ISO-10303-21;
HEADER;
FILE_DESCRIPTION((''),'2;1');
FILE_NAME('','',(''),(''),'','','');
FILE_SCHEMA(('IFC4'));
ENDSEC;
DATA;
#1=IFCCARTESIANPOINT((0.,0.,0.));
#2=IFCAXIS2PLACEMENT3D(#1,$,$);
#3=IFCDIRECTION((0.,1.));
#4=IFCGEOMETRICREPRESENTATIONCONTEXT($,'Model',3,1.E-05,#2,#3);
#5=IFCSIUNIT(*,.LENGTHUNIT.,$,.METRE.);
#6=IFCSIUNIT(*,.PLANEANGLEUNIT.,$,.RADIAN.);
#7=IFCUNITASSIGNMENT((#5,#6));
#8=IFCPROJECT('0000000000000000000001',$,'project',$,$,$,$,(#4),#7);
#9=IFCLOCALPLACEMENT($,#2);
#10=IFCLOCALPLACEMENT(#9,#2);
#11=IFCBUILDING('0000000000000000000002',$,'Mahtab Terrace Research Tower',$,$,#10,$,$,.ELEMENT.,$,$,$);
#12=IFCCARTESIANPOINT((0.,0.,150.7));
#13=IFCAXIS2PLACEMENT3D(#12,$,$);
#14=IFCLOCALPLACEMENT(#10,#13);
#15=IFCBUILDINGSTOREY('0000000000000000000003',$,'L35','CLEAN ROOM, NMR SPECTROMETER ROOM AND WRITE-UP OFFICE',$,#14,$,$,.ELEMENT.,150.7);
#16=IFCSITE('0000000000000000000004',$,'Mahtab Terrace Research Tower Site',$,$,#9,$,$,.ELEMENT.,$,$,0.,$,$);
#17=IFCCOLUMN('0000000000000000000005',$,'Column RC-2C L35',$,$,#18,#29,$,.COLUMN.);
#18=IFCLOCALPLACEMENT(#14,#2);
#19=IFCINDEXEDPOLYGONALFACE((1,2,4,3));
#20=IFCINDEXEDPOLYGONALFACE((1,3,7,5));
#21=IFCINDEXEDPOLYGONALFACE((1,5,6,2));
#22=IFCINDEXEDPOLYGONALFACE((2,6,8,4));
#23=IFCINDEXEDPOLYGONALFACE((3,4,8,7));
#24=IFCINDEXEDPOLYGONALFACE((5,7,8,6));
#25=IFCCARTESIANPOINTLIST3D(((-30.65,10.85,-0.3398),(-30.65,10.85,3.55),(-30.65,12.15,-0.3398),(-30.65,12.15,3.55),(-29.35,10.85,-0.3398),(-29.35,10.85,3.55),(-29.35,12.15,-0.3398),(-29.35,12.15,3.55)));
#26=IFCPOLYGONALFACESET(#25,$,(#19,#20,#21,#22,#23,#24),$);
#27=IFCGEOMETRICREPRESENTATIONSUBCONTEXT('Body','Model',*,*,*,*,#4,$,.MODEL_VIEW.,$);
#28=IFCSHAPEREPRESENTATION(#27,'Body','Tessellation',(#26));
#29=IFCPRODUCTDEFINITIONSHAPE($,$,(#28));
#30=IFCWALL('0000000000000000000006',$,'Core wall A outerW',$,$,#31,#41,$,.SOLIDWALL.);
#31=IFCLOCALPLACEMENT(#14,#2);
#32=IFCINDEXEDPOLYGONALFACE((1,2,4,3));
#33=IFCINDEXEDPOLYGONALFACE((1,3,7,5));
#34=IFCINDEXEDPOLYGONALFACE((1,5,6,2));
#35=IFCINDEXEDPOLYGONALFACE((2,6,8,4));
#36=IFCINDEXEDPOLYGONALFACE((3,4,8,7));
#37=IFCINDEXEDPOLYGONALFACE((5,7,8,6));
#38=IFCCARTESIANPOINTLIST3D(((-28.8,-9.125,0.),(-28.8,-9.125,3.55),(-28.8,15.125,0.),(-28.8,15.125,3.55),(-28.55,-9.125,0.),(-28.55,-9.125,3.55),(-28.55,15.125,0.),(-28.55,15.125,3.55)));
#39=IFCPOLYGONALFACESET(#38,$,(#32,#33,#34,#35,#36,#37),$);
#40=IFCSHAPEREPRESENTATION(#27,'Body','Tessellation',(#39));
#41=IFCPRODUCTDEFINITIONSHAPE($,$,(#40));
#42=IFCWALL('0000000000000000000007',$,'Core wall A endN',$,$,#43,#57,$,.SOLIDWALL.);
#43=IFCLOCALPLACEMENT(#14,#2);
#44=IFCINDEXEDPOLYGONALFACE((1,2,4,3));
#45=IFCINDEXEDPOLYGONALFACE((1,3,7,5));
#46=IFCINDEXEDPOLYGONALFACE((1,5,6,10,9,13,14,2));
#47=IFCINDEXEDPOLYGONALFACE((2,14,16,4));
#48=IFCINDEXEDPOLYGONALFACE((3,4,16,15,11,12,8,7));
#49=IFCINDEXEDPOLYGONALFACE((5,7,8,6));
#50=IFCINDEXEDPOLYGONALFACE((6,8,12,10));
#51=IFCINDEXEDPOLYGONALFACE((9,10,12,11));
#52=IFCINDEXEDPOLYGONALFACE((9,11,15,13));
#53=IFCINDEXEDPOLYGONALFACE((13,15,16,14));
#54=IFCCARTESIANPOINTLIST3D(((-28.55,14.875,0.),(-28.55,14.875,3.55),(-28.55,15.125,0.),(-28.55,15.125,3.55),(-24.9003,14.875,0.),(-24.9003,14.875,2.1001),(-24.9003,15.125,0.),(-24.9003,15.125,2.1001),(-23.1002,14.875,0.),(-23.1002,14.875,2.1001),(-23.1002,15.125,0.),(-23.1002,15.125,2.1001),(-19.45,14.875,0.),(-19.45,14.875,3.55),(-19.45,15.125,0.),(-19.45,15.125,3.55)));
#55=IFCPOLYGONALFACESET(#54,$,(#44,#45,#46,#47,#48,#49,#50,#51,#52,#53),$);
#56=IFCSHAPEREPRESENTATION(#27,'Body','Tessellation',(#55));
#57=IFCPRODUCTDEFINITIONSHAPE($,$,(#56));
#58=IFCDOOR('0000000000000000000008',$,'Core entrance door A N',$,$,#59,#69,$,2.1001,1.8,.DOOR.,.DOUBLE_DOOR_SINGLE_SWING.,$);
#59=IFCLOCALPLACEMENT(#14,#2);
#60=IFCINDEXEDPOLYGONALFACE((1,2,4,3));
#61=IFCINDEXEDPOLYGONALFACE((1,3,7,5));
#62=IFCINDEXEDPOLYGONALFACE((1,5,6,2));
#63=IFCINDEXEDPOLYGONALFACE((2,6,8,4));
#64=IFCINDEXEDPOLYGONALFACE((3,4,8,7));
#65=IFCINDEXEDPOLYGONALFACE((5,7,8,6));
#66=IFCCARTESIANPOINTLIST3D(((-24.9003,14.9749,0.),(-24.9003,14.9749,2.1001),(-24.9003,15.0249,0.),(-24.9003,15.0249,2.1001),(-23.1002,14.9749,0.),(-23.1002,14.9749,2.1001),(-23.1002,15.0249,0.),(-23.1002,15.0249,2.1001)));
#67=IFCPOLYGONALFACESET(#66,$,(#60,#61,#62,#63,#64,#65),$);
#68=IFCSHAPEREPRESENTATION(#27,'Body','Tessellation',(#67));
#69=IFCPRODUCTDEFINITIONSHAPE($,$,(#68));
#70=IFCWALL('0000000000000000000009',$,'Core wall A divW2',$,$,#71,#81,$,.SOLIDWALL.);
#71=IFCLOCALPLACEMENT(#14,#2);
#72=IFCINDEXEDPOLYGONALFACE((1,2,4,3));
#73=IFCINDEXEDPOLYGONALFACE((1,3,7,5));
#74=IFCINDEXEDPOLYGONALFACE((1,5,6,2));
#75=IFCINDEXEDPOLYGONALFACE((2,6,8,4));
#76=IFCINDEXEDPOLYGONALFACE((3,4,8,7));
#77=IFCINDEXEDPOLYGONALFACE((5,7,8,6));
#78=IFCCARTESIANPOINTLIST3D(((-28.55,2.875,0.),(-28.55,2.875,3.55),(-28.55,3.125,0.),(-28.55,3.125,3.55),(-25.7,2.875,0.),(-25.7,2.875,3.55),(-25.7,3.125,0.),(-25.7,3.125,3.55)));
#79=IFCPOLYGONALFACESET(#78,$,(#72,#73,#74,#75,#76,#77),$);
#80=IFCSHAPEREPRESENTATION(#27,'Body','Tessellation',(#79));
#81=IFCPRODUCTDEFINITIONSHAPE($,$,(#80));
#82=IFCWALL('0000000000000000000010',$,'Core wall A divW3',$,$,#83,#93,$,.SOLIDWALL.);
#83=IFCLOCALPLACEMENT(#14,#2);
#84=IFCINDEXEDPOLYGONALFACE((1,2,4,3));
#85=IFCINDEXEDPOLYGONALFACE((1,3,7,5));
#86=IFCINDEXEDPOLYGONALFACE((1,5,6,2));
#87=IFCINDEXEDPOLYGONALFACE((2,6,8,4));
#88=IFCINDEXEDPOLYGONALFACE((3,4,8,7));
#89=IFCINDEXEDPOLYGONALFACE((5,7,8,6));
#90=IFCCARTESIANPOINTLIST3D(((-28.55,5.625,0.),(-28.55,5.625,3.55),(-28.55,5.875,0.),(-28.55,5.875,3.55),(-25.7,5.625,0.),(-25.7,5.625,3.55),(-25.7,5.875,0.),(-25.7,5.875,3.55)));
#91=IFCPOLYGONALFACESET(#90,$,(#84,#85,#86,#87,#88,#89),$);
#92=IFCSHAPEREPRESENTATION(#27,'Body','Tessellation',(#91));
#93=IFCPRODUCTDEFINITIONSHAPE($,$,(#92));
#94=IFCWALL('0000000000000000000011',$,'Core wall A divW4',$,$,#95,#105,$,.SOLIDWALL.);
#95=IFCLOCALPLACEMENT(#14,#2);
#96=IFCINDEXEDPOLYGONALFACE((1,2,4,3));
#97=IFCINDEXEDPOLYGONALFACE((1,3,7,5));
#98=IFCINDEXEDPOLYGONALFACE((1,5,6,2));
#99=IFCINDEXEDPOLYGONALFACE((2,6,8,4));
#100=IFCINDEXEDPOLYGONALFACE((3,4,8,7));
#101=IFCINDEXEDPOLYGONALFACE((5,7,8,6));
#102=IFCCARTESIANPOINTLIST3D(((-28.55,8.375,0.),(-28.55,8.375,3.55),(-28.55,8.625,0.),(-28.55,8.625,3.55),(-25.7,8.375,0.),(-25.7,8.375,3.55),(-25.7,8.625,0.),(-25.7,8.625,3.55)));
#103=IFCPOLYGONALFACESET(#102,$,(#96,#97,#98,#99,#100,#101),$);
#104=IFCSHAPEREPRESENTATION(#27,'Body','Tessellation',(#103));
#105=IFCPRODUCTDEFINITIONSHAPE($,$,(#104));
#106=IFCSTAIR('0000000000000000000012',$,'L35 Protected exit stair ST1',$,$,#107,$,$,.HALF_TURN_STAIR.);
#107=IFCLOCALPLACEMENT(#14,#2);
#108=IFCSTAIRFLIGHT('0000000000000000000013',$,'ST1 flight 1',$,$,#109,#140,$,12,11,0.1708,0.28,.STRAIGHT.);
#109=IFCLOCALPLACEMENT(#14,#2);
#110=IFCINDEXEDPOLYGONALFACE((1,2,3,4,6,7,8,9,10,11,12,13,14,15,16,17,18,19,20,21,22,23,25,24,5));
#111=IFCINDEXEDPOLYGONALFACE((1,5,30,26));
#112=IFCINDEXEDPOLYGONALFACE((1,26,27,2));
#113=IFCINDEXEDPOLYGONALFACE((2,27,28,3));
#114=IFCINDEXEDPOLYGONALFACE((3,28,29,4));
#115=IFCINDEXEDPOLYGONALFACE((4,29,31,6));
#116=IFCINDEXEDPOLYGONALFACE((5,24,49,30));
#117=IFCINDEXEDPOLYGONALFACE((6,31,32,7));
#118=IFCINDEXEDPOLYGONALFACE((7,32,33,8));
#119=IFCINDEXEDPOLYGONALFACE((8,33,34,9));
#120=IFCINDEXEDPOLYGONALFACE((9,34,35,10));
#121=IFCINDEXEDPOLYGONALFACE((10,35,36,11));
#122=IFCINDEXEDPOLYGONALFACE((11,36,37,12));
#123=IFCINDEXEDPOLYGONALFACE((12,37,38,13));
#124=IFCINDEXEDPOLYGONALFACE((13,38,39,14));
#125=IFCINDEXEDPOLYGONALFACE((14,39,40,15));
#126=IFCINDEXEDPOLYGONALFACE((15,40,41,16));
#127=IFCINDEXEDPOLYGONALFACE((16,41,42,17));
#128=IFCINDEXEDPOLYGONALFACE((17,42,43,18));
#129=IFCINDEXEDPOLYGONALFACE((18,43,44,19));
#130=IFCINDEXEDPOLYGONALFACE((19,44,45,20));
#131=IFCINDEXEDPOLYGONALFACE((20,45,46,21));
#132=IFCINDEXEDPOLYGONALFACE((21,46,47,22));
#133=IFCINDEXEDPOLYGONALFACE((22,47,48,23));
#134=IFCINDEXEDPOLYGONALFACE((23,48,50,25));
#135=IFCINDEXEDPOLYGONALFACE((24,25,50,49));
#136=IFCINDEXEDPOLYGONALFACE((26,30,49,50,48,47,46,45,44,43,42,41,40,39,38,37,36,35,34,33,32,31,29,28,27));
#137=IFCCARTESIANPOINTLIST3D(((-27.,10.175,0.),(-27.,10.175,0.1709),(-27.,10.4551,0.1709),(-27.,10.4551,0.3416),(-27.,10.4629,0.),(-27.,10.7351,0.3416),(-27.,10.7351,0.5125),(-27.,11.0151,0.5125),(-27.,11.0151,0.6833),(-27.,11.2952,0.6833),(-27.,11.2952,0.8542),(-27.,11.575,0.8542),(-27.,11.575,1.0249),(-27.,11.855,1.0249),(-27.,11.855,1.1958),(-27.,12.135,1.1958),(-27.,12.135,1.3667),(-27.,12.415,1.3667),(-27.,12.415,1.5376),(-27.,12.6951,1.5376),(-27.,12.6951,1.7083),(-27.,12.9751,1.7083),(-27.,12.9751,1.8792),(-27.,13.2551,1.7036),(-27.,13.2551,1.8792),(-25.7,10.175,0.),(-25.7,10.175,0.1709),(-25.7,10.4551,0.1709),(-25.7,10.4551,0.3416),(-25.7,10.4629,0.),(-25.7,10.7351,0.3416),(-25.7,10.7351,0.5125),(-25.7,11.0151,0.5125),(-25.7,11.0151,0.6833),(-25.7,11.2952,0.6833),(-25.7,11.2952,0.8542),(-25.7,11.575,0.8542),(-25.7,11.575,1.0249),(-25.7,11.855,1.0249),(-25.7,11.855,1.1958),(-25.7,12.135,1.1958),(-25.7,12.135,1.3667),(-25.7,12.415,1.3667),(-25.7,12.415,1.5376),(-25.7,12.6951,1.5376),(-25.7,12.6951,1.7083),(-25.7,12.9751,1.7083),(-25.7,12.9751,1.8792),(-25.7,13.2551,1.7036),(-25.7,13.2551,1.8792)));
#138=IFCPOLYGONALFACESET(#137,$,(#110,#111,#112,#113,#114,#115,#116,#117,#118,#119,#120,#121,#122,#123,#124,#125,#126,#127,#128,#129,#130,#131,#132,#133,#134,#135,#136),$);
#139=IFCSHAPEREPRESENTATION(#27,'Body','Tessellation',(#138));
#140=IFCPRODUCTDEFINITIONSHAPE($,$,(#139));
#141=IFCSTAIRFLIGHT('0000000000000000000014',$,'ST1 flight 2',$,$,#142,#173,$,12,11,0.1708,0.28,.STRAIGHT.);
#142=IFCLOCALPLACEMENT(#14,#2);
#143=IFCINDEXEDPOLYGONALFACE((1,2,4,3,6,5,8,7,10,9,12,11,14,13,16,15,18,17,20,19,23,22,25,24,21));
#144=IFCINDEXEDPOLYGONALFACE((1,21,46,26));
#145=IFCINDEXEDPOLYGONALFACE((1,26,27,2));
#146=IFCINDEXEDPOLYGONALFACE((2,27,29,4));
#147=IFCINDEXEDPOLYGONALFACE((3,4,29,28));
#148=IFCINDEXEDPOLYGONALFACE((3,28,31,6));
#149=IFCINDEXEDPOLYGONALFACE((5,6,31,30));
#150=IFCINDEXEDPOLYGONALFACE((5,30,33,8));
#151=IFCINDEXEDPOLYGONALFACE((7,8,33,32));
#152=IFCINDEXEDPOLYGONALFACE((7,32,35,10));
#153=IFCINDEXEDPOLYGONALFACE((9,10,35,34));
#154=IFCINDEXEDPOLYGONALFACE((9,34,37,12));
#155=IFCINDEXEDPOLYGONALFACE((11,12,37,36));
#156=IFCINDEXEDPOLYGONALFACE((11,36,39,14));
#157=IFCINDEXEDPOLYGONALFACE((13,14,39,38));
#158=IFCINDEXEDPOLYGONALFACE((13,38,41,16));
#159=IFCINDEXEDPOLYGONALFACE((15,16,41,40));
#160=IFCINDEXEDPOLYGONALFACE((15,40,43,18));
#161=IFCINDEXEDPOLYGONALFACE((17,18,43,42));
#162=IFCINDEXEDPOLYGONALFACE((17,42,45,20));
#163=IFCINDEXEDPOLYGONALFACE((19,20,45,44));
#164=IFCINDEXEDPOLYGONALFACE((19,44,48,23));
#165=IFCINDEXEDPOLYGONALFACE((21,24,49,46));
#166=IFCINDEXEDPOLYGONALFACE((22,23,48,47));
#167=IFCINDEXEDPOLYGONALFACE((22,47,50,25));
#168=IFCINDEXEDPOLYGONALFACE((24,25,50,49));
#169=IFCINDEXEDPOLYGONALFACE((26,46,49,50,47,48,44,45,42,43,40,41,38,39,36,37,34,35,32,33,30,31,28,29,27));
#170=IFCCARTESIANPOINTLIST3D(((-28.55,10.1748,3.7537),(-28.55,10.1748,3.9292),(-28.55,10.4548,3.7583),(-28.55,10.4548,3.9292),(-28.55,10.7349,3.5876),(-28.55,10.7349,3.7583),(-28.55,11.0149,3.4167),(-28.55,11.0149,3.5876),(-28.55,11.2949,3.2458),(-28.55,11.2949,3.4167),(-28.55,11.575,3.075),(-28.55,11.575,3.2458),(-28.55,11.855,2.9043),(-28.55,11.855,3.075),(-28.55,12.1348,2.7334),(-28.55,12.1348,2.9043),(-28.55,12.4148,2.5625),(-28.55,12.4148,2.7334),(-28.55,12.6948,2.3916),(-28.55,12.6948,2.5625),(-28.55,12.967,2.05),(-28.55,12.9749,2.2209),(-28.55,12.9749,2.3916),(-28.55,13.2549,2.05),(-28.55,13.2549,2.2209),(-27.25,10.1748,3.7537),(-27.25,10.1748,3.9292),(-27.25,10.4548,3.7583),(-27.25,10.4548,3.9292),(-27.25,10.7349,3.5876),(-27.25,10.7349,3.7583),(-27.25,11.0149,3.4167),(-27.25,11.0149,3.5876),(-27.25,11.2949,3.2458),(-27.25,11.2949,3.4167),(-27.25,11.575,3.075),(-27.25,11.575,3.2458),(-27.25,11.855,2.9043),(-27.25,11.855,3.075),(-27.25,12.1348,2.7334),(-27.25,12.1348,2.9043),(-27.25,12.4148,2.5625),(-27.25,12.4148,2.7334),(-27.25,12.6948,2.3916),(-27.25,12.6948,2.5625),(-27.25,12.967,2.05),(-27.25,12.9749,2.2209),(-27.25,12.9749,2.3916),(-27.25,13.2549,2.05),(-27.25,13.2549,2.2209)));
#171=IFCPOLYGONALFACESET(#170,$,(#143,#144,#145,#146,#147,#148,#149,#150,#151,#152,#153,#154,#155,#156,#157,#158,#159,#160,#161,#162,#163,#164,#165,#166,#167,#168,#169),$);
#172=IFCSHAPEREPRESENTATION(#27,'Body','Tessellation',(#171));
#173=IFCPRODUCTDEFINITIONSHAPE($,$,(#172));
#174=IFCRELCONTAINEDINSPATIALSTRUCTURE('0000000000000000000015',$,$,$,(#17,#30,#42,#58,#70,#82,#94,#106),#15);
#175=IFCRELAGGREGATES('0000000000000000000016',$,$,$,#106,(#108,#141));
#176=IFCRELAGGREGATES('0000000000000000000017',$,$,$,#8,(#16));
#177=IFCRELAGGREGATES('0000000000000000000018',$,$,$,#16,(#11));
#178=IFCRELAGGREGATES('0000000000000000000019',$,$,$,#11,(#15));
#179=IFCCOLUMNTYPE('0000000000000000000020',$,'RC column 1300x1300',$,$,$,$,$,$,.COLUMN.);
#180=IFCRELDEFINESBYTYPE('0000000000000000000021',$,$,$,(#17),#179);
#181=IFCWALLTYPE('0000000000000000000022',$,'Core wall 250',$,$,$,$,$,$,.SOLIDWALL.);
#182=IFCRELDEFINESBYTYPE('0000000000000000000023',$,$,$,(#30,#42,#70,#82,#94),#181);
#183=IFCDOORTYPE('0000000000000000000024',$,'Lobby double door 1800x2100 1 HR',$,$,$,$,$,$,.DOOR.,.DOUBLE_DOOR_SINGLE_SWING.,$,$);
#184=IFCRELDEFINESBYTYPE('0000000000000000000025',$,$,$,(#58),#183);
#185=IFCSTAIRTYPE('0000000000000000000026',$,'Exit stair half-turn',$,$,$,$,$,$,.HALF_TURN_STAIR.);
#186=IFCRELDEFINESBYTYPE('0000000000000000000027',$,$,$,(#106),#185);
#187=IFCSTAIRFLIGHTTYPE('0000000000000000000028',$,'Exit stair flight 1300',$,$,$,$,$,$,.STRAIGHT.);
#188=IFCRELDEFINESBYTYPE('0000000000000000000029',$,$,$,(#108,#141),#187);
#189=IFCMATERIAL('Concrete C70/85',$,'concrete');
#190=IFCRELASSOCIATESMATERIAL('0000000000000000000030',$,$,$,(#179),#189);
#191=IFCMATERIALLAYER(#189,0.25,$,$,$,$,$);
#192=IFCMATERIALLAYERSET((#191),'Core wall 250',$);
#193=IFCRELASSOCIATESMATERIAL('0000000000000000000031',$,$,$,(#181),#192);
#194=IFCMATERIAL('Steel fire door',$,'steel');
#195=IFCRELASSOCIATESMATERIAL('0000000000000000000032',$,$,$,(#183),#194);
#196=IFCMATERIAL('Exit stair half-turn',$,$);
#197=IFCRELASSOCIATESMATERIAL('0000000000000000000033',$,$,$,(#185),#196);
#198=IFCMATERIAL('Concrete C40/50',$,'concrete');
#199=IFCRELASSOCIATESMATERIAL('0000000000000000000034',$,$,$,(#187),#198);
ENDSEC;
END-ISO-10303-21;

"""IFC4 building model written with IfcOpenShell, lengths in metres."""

from ifc_helpers import new_model, si_unit, direction, frame, frame_2d, origin, origin_2d, place, context, subcontext, project, spatial, polyline, rectangle, outline, extrude, material, layer, layer_set, material_profile, profile_set, type_object, element, fill, aggregate, save


model = new_model("IFC4")

# Units and contexts
model_context = context("Model", 3, precision=1e-05, world=origin(), true_north=direction((0.0, 1.0)))
body_context = subcontext(model_context, "Body", "Model", "MODEL_VIEW")
ifc_project = project(units=[si_unit("LENGTHUNIT", "METRE"), si_unit("PLANEANGLEUNIT", "RADIAN")], contexts=[model_context])

# Site, building, storey
site_placement = place(None, origin())
site = spatial("IfcSite", under=ifc_project, at=site_placement, Name="Mahtab Terrace Research Tower Site", CompositionType="ELEMENT", RefElevation=0.0)
building_placement = place(site_placement, origin())
building = spatial("IfcBuilding", under=site, at=building_placement, Name="Mahtab Terrace Research Tower", CompositionType="ELEMENT")
storey_placement = place(building_placement, frame((0.0, 0.0, 150.7)))
storey = spatial("IfcBuildingStorey", under=building, at=storey_placement, Name="L35", Description="CLEAN ROOM, NMR SPECTROMETER ROOM AND WRITE-UP OFFICE", CompositionType="ELEMENT", Elevation=150.7)

# Column
ifc_material_1 = material(Name="Concrete C70/85", Category="concrete")
ifc_material_profile = material_profile(ifc_material_1, rectangle(XDim=1.3, YDim=1.3, at=origin_2d()), Name="RC column 1300x1300")
ifc_profile_set = profile_set([ifc_material_profile], Name="Concrete C70/85")
column_type = type_object("IfcColumnType", Name="RC column 1300x1300", PredefinedType="COLUMN", material=ifc_profile_set)
column_placement = place(storey_placement, frame((-30.0, 11.5, -0.3398), z_axis=(0.0, 0.0, 1.0), x_axis=(1.0, 0.0, 0.0)))
element("IfcColumn", 1, at=column_placement, inside=storey, type_object=column_type, Name="Column RC-2C L35", PredefinedType="COLUMN", context=body_context, shape_type="SweptSolid", body=[
    extrude(rectangle(XDim=1.3, YDim=1.3, at=origin_2d()), origin(), (0.0, 0.0, 1.0), 3.8899),
])

# Wall
ifc_layer = layer(ifc_material_1, 0.25)
ifc_layer_set = layer_set([ifc_layer], Name="Core wall 250")
wall_type = type_object("IfcWallType", Name="Core wall 250", PredefinedType="SOLIDWALL", material=ifc_layer_set)
wall_1_placement = place(storey_placement, frame((-28.675, 15.125, 0.0), z_axis=(0.0, 0.0, 1.0), x_axis=(0.0, -1.0, 0.0)))
element("IfcWall", 2, at=wall_1_placement, inside=storey, type_object=wall_type, Name="Core wall A outerW", PredefinedType="SOLIDWALL", context=body_context, shape_type="SweptSolid", body=[
    extrude(rectangle(XDim=24.25, YDim=0.25, at=frame_2d((12.125, 0.0))), origin(), (0.0, 0.0, 1.0), 3.55),
])

# Wall, opening, door
wall_2_placement = place(storey_placement, frame((-28.55, 15.0, 0.0), z_axis=(0.0, 0.0, 1.0), x_axis=(1.0, 0.0, 0.0)))
wall_2 = element("IfcWall", 3, at=wall_2_placement, inside=storey, type_object=wall_type, Name="Core wall A endN", PredefinedType="SOLIDWALL", context=body_context, shape_type="SweptSolid", body=[
    extrude(rectangle(XDim=9.1001, YDim=0.25, at=frame_2d((4.55, 0.0))), origin(), (0.0, 0.0, 1.0), 3.55),
])
opening_placement = place(wall_2_placement, frame((3.6499, 0.0, 0.0)))
opening = element("IfcOpeningElement", 4, at=opening_placement, cuts=wall_2, PredefinedType="OPENING", context=body_context, shape_type="SweptSolid", body=[
    extrude(rectangle(XDim=1.8, YDim=2.1001, at=frame_2d((0.8999, 1.05))), frame((0.0, 0.135, 0.0), z_axis=(0.0, -1.0, 0.0), x_axis=(1.0, 0.0, 0.0)), (0.0, 0.0, 1.0), 0.27),
])
ifc_material_2 = material(Name="Steel fire door", Category="steel")
door_type = type_object("IfcDoorType", Name="Lobby double door 1800x2100 1 HR", OperationType="DOUBLE_DOOR_SINGLE_SWING", PredefinedType="DOOR", material=ifc_material_2)
door_placement = place(opening_placement, origin())
door = element("IfcDoor", 5, at=door_placement, inside=storey, type_object=door_type, Name="Core entrance door A N", OperationType="DOUBLE_DOOR_SINGLE_SWING", OverallHeight=2.1001, OverallWidth=1.8, PredefinedType="DOOR", context=body_context, shape_type="SweptSolid", body=[
    extrude(rectangle(XDim=1.8, YDim=2.1001, at=frame_2d((0.8999, 1.05))), frame((0.0, 0.0249, 0.0), z_axis=(0.0, -1.0, 0.0), x_axis=(1.0, 0.0, 0.0)), (0.0, 0.0, 1.0), 0.05),
])
fill(opening, door)

# Walls
for number, where, z_axis, x_axis, name in (
    (6, (-28.55, 3.0, 0.0), (0.0, 0.0, 1.0), (1.0, 0.0, 0.0), "Core wall A divW2"),
    (7, (-28.55, 5.75, 0.0), (0.0, 0.0, 1.0), (1.0, 0.0, 0.0), "Core wall A divW3"),
    (8, (-28.55, 8.5, 0.0), (0.0, 0.0, 1.0), (1.0, 0.0, 0.0), "Core wall A divW4"),
):
    element("IfcWall", number, at=place(storey_placement, frame(where, z_axis=z_axis, x_axis=x_axis)), inside=storey, type_object=wall_type, Name=name, PredefinedType="SOLIDWALL", context=body_context, shape_type="SweptSolid", body=[
        extrude(rectangle(XDim=2.8501, YDim=0.25, at=frame_2d((1.425, 0.0))), origin(), (0.0, 0.0, 1.0), 3.55),
    ])

# Stair, stair flights
ifc_material_3 = material(Name="Exit stair half-turn")
stair_type = type_object("IfcStairType", Name="Exit stair half-turn", PredefinedType="HALF_TURN_STAIR", material=ifc_material_3)
stair_placement = place(storey_placement, origin())
stair = element("IfcStair", 9, at=stair_placement, inside=storey, type_object=stair_type, Name="L35 Protected exit stair ST1", PredefinedType="HALF_TURN_STAIR")
ifc_material_4 = material(Name="Concrete C40/50", Category="concrete")
stair_flight_type = type_object("IfcStairFlightType", Name="Exit stair flight 1300", PredefinedType="STRAIGHT", material=ifc_material_4)
stair_flight_1_placement = place(storey_placement, frame((-26.3501, 10.175, 0.0), z_axis=(0.0, 0.0, 1.0), x_axis=(0.0, 1.0, 0.0)))
stair_flight_1 = element("IfcStairFlight", 10, at=stair_flight_1_placement, type_object=stair_flight_type, Name="ST1 flight 1", NumberOfRisers=12, NumberOfTreads=11, PredefinedType="STRAIGHT", RiserHeight=0.1708, TreadLength=0.28, context=body_context, shape_type="SweptSolid", body=[
    extrude(outline(polyline([(0.0, 0.0), (0.0, 0.1709), (0.28, 0.1709), (0.28, 0.3416), (0.5601, 0.3416), (0.5601, 0.5125), (0.8401, 0.5125), (0.8401, 0.6833), (1.1201, 0.6833), (1.1201, 0.8542), (1.3999, 0.8542), (1.3999, 1.0249), (1.6799, 1.0249), (1.6799, 1.1958), (1.96, 1.1958), (1.96, 1.3667), (2.24, 1.3667), (2.24, 1.5376), (2.52, 1.5376), (2.52, 1.7083), (2.8, 1.7083), (2.8, 1.8792), (3.0801, 1.8792), (3.0801, 2.05), (3.0801, 1.7036), (0.2878, 0.0), (0.0, 0.0)])), frame((0.0, 0.6499, 0.0), z_axis=(0.0, -1.0, 0.0), x_axis=(1.0, 0.0, 0.0)), (0.0, 0.0, 1.0), 1.3),
])
stair_flight_2_placement = place(storey_placement, frame((-27.8999, 13.2549, 2.05), z_axis=(0.0, 0.0, 1.0), x_axis=(0.0, -1.0, 0.0)))
stair_flight_2 = element("IfcStairFlight", 11, at=stair_flight_2_placement, type_object=stair_flight_type, Name="ST1 flight 2", NumberOfRisers=12, NumberOfTreads=11, PredefinedType="STRAIGHT", RiserHeight=0.1708, TreadLength=0.28, context=body_context, shape_type="SweptSolid", body=[
    extrude(outline(polyline([(0.0, 0.0), (0.0, 0.1709), (0.28, 0.1709), (0.28, 0.3416), (0.5601, 0.3416), (0.5601, 0.5125), (0.8401, 0.5125), (0.8401, 0.6833), (1.1201, 0.6833), (1.1201, 0.8542), (1.3999, 0.8542), (1.3999, 1.0249), (1.6799, 1.0249), (1.6799, 1.1958), (1.96, 1.1958), (1.96, 1.3667), (2.24, 1.3667), (2.24, 1.5376), (2.52, 1.5376), (2.52, 1.7083), (2.8, 1.7083), (2.8, 1.8792), (3.0801, 1.8792), (3.0801, 2.05), (3.0801, 1.7036), (0.2878, 0.0), (0.0, 0.0)])), frame((0.0, 0.6499, 0.0), z_axis=(0.0, -1.0, 0.0), x_axis=(1.0, 0.0, 0.0)), (0.0, 0.0, 1.0), 1.3),
])
aggregate(stair, [stair_flight_1, stair_flight_2])

save(model, "model.ifc")
